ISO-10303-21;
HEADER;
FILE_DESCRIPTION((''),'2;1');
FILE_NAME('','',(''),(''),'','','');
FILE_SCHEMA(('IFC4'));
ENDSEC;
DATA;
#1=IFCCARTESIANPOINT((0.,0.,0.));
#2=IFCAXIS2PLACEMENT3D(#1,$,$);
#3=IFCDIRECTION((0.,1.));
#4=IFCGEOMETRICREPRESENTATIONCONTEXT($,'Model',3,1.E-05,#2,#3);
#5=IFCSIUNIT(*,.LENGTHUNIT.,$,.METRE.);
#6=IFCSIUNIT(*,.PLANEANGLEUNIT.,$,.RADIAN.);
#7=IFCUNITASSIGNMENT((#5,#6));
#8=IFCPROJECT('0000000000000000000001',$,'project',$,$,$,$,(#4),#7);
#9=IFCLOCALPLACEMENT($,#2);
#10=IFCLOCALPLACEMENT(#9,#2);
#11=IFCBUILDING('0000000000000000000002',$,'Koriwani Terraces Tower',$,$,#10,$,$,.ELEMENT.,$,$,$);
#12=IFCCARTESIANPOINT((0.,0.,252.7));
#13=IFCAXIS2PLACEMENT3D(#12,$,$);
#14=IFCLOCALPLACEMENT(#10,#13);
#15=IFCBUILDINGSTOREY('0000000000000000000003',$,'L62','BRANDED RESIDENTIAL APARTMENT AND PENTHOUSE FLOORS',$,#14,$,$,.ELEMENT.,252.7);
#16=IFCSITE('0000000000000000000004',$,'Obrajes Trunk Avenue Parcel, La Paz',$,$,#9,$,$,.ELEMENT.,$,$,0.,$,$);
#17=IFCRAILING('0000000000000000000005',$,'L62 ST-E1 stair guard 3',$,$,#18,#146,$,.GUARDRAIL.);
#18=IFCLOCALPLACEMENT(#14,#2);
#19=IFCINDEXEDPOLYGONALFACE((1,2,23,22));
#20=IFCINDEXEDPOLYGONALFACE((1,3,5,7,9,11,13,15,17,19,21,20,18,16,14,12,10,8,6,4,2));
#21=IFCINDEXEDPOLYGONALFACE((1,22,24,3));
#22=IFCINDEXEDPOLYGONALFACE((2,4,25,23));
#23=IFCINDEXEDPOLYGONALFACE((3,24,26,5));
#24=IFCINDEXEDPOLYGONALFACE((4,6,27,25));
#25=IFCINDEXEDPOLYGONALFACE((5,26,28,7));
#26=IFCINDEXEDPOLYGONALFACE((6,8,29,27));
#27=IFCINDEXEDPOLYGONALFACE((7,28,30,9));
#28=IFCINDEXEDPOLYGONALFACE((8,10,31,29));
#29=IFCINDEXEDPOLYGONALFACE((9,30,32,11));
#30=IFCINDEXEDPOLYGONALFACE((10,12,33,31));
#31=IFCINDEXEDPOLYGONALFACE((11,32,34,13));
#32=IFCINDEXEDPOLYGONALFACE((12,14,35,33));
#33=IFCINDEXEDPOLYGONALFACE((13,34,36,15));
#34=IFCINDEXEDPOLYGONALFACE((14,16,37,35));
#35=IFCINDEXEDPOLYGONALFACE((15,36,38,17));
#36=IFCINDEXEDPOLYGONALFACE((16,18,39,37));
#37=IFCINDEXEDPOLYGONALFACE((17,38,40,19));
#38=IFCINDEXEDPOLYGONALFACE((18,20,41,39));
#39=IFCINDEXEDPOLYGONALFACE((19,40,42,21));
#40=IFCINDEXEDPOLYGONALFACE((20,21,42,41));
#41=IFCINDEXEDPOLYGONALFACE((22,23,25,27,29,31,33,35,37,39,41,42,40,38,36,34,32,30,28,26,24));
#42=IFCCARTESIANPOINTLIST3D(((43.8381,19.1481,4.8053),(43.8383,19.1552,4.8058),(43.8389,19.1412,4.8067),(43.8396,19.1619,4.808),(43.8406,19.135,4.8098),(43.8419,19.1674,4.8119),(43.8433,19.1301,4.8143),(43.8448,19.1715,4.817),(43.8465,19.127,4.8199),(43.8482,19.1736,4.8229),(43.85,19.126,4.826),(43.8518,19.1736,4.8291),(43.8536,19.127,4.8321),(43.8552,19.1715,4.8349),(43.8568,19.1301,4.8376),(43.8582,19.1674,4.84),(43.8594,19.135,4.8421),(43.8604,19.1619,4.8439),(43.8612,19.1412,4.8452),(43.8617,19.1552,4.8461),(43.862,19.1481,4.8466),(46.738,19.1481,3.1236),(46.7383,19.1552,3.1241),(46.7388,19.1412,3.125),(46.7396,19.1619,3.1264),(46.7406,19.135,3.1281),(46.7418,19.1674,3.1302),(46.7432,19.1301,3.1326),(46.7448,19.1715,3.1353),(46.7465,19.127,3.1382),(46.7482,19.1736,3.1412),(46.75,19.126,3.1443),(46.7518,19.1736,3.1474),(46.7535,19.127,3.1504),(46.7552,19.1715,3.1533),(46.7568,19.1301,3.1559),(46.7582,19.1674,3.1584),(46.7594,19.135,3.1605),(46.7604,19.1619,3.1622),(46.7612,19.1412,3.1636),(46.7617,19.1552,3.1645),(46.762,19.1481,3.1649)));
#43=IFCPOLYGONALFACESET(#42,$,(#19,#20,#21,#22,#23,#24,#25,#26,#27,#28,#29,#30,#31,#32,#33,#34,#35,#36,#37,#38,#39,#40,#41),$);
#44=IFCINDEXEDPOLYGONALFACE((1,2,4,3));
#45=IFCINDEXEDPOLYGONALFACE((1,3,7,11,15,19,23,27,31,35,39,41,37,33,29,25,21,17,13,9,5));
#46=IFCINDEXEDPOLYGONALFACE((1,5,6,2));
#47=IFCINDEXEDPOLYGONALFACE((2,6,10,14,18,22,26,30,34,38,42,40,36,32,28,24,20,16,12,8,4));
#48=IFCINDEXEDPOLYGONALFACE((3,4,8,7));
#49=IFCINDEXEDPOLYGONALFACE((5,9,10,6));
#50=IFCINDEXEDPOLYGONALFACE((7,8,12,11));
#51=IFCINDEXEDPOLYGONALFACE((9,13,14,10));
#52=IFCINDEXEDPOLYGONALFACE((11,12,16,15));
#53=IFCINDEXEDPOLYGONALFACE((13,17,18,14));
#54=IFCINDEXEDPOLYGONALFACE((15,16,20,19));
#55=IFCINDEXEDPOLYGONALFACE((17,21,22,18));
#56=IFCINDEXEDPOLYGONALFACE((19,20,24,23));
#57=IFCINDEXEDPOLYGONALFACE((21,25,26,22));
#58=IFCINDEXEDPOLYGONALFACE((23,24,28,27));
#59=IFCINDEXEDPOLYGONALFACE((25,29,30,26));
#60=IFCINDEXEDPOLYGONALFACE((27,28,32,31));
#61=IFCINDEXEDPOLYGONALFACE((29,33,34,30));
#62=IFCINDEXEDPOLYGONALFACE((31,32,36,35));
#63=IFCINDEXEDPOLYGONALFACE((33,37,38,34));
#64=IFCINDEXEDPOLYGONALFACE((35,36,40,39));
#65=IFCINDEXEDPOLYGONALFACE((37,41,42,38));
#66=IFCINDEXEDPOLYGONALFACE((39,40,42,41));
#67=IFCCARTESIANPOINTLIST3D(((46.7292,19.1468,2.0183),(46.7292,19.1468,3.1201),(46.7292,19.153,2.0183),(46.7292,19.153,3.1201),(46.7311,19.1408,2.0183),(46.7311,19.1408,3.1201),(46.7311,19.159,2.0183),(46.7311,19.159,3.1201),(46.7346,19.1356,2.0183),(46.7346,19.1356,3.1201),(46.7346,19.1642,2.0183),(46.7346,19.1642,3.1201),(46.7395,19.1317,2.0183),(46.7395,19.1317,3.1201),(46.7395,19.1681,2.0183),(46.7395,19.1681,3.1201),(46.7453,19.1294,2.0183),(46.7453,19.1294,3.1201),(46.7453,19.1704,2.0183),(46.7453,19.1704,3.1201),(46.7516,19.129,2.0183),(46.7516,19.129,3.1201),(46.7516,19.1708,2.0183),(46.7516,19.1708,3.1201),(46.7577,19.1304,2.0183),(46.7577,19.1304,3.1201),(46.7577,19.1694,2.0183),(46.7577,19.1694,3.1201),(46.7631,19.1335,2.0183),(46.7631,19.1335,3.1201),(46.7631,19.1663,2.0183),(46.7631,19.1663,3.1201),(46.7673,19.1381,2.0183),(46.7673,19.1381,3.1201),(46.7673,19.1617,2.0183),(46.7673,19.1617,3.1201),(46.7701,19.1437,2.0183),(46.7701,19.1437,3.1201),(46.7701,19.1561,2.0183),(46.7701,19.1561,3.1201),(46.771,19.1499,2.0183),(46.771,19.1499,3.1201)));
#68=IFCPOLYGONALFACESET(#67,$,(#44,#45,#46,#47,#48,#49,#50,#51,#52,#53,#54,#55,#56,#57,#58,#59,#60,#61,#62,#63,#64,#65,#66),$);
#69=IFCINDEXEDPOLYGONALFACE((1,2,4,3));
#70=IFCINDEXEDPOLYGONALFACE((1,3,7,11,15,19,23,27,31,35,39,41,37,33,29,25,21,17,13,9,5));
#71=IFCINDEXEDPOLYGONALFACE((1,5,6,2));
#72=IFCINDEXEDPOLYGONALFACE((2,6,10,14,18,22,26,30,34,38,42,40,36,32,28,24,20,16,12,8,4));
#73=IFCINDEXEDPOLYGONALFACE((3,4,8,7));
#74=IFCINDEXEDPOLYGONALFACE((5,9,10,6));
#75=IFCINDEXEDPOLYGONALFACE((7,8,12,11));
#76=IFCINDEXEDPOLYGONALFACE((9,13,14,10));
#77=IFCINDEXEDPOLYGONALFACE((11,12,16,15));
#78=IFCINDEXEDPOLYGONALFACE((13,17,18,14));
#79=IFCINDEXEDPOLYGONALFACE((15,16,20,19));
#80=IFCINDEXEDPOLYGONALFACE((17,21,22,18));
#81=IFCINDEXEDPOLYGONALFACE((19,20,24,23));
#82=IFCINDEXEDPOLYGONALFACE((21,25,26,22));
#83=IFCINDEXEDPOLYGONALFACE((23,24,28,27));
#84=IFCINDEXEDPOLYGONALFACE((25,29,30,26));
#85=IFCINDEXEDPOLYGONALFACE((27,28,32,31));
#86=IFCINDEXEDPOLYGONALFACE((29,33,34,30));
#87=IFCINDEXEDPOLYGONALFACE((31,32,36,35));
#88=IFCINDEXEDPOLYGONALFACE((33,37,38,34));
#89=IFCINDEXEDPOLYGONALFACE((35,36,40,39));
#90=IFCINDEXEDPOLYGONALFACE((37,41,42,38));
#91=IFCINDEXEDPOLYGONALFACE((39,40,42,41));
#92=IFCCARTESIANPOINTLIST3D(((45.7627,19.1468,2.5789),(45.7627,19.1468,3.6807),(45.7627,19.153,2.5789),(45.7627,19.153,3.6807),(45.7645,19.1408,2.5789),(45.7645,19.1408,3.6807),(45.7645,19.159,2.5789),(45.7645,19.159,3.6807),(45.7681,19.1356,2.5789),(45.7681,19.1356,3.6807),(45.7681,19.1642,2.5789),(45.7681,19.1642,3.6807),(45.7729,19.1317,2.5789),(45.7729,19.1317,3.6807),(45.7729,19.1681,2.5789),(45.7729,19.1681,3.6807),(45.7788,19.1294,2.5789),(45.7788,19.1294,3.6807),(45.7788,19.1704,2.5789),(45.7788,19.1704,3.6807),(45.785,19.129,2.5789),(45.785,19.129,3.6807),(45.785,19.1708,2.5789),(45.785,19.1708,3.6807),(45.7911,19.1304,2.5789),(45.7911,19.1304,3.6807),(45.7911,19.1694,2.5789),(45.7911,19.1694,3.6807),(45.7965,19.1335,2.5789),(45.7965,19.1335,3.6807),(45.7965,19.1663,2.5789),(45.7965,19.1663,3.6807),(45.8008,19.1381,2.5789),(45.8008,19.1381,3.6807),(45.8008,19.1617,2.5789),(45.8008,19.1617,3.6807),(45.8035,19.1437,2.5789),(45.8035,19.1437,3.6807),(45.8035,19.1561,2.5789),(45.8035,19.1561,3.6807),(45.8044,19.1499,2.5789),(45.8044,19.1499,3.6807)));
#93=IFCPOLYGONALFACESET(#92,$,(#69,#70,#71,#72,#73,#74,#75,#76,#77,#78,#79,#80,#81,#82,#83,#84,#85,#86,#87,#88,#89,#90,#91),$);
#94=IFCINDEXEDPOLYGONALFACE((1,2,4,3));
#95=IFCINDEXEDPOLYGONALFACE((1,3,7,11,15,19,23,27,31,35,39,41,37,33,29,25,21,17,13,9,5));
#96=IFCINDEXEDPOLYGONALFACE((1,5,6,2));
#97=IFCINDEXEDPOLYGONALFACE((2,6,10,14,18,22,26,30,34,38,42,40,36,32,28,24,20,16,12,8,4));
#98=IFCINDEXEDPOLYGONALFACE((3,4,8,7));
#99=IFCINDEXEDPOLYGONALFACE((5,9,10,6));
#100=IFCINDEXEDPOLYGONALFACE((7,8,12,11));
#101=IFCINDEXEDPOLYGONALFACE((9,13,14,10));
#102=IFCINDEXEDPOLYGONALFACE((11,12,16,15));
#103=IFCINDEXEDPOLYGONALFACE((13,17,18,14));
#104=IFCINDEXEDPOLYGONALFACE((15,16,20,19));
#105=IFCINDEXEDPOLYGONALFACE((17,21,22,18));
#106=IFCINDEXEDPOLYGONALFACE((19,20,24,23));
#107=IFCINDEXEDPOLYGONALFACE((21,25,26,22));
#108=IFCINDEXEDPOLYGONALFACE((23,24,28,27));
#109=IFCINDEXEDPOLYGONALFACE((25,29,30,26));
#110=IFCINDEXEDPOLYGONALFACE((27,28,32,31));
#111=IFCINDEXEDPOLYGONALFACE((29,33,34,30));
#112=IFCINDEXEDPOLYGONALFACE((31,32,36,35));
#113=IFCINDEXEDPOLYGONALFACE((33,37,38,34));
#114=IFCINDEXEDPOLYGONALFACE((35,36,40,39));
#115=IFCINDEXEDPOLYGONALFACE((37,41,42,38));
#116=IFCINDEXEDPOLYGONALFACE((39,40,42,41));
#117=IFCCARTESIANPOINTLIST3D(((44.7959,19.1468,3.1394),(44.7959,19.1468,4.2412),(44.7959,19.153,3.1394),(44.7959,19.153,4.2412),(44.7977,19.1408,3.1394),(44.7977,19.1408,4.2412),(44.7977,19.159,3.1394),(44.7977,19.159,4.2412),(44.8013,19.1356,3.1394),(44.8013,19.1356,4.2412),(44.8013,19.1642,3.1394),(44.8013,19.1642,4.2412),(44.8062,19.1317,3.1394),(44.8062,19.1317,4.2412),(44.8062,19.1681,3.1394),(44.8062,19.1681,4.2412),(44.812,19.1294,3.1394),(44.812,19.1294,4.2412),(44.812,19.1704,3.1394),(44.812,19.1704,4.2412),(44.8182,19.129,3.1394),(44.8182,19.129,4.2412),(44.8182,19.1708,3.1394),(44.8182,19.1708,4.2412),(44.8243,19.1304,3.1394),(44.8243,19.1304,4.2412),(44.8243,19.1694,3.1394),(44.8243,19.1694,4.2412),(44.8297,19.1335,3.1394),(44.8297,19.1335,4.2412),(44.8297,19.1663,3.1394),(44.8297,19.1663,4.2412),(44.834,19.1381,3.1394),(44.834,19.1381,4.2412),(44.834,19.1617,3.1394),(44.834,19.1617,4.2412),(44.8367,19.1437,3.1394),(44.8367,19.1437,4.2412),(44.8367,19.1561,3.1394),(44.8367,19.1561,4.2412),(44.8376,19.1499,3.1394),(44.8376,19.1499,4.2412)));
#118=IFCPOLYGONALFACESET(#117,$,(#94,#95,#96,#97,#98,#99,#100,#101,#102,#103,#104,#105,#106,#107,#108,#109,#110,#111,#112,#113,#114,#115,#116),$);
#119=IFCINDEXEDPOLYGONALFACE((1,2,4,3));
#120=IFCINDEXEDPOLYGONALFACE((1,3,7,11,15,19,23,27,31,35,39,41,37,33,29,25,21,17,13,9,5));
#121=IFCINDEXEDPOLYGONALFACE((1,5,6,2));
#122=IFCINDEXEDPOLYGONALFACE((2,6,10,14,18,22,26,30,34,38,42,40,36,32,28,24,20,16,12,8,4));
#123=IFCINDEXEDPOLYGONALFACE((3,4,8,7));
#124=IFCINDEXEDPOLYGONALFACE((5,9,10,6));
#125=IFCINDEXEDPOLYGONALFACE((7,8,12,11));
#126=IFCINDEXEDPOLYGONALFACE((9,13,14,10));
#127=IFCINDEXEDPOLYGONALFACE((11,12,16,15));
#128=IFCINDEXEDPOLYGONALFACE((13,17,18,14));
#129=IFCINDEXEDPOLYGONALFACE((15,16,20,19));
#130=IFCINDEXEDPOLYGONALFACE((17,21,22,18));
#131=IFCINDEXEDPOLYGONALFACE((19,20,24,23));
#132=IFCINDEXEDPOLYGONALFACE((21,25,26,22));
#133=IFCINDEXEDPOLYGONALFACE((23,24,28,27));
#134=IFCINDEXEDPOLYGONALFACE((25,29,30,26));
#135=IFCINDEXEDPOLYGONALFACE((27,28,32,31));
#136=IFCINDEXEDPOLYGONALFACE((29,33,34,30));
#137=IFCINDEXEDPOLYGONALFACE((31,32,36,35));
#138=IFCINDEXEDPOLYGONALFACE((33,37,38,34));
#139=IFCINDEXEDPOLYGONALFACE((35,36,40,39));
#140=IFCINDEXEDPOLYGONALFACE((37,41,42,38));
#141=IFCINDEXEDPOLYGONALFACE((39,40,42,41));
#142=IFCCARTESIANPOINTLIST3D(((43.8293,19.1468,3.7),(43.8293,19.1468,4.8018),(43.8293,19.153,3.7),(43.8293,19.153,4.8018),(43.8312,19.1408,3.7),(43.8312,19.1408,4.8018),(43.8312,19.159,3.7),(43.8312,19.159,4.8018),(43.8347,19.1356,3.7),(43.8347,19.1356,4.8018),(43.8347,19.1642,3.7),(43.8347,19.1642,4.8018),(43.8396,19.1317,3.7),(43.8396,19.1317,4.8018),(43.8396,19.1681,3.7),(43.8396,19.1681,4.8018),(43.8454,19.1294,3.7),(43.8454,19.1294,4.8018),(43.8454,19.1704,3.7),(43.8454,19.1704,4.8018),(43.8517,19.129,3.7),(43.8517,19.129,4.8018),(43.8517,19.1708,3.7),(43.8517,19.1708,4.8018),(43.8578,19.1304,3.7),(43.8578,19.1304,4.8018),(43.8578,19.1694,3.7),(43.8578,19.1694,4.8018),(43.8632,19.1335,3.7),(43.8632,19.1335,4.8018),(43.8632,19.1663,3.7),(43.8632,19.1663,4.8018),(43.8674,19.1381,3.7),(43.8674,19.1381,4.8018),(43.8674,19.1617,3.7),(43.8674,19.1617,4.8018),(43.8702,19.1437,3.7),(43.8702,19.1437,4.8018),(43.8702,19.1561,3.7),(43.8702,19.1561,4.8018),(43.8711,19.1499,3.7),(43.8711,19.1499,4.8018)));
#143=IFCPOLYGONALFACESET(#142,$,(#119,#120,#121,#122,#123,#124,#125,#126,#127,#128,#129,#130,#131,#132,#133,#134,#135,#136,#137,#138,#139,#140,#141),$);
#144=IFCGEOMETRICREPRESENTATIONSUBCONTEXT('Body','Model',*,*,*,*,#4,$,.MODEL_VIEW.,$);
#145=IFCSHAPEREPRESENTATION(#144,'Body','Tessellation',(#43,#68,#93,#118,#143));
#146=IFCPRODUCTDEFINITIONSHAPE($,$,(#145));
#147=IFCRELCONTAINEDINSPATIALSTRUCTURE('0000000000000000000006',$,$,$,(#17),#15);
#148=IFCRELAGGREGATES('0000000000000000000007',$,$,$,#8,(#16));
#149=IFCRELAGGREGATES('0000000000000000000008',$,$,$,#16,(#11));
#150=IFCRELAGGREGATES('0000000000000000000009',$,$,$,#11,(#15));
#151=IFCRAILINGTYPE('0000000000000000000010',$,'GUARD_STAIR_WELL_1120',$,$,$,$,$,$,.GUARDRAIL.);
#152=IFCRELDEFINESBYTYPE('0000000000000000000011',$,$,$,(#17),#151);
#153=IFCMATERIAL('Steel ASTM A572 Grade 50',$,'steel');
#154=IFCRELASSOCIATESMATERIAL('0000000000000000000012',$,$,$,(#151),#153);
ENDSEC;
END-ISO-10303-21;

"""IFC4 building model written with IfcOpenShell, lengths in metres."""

from ifc_helpers import new_model, si_unit, direction, frame, origin, origin_2d, place, context, subcontext, project, spatial, circle, extrude, material, type_object, element, save


model = new_model("IFC4")

# Units and contexts
model_context = context("Model", 3, precision=1e-05, world=origin(), true_north=direction((0.0, 1.0)))
body_context = subcontext(model_context, "Body", "Model", "MODEL_VIEW")
ifc_project = project(units=[si_unit("LENGTHUNIT", "METRE"), si_unit("PLANEANGLEUNIT", "RADIAN")], contexts=[model_context])

# Site, building, storey
site_placement = place(None, origin())
site = spatial("IfcSite", under=ifc_project, at=site_placement, Name="Obrajes Trunk Avenue Parcel, La Paz", CompositionType="ELEMENT", RefElevation=0.0)
building_placement = place(site_placement, origin())
building = spatial("IfcBuilding", under=site, at=building_placement, Name="Koriwani Terraces Tower", CompositionType="ELEMENT")
storey_placement = place(building_placement, frame((0.0, 0.0, 252.7)))
storey = spatial("IfcBuildingStorey", under=building, at=storey_placement, Name="L62", Description="BRANDED RESIDENTIAL APARTMENT AND PENTHOUSE FLOORS", CompositionType="ELEMENT", Elevation=252.7)

# Shared definitions
ifc_material_1 = material(Name="Steel ASTM A572 Grade 50", Category="steel")

# Railing
railing_type_1 = type_object("IfcRailingType", Name="GUARD_STAIR_WELL_1120", PredefinedType="GUARDRAIL", material=ifc_material_1)
railing_1_placement = place(storey_placement, frame((46.75, 19.1499, 2.0183)))
element("IfcRailing", 1, at=railing_1_placement, inside=storey, type_object=railing_type_1, Name="L62 ST-E1 stair guard 3", PredefinedType="GUARDRAIL", context=body_context, shape_type="SweptSolid", body=[
    extrude(circle(Radius=0.0239, at=origin_2d()), frame((0.0, 0.0, 1.126), z_axis=(-0.86507, 0.0, 0.501651), x_axis=(0.0, -1.0, 0.0)), (0.0, 0.0, 1.0), 3.3523),
    extrude(circle(Radius=0.021, at=origin_2d()), origin(), (0.0, 0.0, 1.0), 1.1018),
    extrude(circle(Radius=0.021, at=origin_2d()), frame((-0.9666, 0.0, 0.5605)), (0.0, 0.0, 1.0), 1.1018),
    extrude(circle(Radius=0.021, at=origin_2d()), frame((-1.9333, 0.0, 1.1211)), (0.0, 0.0, 1.0), 1.1018),
    extrude(circle(Radius=0.021, at=origin_2d()), frame((-2.8999, 0.0, 1.6816)), (0.0, 0.0, 1.0), 1.1018),
])

save(model, "model.ifc")
